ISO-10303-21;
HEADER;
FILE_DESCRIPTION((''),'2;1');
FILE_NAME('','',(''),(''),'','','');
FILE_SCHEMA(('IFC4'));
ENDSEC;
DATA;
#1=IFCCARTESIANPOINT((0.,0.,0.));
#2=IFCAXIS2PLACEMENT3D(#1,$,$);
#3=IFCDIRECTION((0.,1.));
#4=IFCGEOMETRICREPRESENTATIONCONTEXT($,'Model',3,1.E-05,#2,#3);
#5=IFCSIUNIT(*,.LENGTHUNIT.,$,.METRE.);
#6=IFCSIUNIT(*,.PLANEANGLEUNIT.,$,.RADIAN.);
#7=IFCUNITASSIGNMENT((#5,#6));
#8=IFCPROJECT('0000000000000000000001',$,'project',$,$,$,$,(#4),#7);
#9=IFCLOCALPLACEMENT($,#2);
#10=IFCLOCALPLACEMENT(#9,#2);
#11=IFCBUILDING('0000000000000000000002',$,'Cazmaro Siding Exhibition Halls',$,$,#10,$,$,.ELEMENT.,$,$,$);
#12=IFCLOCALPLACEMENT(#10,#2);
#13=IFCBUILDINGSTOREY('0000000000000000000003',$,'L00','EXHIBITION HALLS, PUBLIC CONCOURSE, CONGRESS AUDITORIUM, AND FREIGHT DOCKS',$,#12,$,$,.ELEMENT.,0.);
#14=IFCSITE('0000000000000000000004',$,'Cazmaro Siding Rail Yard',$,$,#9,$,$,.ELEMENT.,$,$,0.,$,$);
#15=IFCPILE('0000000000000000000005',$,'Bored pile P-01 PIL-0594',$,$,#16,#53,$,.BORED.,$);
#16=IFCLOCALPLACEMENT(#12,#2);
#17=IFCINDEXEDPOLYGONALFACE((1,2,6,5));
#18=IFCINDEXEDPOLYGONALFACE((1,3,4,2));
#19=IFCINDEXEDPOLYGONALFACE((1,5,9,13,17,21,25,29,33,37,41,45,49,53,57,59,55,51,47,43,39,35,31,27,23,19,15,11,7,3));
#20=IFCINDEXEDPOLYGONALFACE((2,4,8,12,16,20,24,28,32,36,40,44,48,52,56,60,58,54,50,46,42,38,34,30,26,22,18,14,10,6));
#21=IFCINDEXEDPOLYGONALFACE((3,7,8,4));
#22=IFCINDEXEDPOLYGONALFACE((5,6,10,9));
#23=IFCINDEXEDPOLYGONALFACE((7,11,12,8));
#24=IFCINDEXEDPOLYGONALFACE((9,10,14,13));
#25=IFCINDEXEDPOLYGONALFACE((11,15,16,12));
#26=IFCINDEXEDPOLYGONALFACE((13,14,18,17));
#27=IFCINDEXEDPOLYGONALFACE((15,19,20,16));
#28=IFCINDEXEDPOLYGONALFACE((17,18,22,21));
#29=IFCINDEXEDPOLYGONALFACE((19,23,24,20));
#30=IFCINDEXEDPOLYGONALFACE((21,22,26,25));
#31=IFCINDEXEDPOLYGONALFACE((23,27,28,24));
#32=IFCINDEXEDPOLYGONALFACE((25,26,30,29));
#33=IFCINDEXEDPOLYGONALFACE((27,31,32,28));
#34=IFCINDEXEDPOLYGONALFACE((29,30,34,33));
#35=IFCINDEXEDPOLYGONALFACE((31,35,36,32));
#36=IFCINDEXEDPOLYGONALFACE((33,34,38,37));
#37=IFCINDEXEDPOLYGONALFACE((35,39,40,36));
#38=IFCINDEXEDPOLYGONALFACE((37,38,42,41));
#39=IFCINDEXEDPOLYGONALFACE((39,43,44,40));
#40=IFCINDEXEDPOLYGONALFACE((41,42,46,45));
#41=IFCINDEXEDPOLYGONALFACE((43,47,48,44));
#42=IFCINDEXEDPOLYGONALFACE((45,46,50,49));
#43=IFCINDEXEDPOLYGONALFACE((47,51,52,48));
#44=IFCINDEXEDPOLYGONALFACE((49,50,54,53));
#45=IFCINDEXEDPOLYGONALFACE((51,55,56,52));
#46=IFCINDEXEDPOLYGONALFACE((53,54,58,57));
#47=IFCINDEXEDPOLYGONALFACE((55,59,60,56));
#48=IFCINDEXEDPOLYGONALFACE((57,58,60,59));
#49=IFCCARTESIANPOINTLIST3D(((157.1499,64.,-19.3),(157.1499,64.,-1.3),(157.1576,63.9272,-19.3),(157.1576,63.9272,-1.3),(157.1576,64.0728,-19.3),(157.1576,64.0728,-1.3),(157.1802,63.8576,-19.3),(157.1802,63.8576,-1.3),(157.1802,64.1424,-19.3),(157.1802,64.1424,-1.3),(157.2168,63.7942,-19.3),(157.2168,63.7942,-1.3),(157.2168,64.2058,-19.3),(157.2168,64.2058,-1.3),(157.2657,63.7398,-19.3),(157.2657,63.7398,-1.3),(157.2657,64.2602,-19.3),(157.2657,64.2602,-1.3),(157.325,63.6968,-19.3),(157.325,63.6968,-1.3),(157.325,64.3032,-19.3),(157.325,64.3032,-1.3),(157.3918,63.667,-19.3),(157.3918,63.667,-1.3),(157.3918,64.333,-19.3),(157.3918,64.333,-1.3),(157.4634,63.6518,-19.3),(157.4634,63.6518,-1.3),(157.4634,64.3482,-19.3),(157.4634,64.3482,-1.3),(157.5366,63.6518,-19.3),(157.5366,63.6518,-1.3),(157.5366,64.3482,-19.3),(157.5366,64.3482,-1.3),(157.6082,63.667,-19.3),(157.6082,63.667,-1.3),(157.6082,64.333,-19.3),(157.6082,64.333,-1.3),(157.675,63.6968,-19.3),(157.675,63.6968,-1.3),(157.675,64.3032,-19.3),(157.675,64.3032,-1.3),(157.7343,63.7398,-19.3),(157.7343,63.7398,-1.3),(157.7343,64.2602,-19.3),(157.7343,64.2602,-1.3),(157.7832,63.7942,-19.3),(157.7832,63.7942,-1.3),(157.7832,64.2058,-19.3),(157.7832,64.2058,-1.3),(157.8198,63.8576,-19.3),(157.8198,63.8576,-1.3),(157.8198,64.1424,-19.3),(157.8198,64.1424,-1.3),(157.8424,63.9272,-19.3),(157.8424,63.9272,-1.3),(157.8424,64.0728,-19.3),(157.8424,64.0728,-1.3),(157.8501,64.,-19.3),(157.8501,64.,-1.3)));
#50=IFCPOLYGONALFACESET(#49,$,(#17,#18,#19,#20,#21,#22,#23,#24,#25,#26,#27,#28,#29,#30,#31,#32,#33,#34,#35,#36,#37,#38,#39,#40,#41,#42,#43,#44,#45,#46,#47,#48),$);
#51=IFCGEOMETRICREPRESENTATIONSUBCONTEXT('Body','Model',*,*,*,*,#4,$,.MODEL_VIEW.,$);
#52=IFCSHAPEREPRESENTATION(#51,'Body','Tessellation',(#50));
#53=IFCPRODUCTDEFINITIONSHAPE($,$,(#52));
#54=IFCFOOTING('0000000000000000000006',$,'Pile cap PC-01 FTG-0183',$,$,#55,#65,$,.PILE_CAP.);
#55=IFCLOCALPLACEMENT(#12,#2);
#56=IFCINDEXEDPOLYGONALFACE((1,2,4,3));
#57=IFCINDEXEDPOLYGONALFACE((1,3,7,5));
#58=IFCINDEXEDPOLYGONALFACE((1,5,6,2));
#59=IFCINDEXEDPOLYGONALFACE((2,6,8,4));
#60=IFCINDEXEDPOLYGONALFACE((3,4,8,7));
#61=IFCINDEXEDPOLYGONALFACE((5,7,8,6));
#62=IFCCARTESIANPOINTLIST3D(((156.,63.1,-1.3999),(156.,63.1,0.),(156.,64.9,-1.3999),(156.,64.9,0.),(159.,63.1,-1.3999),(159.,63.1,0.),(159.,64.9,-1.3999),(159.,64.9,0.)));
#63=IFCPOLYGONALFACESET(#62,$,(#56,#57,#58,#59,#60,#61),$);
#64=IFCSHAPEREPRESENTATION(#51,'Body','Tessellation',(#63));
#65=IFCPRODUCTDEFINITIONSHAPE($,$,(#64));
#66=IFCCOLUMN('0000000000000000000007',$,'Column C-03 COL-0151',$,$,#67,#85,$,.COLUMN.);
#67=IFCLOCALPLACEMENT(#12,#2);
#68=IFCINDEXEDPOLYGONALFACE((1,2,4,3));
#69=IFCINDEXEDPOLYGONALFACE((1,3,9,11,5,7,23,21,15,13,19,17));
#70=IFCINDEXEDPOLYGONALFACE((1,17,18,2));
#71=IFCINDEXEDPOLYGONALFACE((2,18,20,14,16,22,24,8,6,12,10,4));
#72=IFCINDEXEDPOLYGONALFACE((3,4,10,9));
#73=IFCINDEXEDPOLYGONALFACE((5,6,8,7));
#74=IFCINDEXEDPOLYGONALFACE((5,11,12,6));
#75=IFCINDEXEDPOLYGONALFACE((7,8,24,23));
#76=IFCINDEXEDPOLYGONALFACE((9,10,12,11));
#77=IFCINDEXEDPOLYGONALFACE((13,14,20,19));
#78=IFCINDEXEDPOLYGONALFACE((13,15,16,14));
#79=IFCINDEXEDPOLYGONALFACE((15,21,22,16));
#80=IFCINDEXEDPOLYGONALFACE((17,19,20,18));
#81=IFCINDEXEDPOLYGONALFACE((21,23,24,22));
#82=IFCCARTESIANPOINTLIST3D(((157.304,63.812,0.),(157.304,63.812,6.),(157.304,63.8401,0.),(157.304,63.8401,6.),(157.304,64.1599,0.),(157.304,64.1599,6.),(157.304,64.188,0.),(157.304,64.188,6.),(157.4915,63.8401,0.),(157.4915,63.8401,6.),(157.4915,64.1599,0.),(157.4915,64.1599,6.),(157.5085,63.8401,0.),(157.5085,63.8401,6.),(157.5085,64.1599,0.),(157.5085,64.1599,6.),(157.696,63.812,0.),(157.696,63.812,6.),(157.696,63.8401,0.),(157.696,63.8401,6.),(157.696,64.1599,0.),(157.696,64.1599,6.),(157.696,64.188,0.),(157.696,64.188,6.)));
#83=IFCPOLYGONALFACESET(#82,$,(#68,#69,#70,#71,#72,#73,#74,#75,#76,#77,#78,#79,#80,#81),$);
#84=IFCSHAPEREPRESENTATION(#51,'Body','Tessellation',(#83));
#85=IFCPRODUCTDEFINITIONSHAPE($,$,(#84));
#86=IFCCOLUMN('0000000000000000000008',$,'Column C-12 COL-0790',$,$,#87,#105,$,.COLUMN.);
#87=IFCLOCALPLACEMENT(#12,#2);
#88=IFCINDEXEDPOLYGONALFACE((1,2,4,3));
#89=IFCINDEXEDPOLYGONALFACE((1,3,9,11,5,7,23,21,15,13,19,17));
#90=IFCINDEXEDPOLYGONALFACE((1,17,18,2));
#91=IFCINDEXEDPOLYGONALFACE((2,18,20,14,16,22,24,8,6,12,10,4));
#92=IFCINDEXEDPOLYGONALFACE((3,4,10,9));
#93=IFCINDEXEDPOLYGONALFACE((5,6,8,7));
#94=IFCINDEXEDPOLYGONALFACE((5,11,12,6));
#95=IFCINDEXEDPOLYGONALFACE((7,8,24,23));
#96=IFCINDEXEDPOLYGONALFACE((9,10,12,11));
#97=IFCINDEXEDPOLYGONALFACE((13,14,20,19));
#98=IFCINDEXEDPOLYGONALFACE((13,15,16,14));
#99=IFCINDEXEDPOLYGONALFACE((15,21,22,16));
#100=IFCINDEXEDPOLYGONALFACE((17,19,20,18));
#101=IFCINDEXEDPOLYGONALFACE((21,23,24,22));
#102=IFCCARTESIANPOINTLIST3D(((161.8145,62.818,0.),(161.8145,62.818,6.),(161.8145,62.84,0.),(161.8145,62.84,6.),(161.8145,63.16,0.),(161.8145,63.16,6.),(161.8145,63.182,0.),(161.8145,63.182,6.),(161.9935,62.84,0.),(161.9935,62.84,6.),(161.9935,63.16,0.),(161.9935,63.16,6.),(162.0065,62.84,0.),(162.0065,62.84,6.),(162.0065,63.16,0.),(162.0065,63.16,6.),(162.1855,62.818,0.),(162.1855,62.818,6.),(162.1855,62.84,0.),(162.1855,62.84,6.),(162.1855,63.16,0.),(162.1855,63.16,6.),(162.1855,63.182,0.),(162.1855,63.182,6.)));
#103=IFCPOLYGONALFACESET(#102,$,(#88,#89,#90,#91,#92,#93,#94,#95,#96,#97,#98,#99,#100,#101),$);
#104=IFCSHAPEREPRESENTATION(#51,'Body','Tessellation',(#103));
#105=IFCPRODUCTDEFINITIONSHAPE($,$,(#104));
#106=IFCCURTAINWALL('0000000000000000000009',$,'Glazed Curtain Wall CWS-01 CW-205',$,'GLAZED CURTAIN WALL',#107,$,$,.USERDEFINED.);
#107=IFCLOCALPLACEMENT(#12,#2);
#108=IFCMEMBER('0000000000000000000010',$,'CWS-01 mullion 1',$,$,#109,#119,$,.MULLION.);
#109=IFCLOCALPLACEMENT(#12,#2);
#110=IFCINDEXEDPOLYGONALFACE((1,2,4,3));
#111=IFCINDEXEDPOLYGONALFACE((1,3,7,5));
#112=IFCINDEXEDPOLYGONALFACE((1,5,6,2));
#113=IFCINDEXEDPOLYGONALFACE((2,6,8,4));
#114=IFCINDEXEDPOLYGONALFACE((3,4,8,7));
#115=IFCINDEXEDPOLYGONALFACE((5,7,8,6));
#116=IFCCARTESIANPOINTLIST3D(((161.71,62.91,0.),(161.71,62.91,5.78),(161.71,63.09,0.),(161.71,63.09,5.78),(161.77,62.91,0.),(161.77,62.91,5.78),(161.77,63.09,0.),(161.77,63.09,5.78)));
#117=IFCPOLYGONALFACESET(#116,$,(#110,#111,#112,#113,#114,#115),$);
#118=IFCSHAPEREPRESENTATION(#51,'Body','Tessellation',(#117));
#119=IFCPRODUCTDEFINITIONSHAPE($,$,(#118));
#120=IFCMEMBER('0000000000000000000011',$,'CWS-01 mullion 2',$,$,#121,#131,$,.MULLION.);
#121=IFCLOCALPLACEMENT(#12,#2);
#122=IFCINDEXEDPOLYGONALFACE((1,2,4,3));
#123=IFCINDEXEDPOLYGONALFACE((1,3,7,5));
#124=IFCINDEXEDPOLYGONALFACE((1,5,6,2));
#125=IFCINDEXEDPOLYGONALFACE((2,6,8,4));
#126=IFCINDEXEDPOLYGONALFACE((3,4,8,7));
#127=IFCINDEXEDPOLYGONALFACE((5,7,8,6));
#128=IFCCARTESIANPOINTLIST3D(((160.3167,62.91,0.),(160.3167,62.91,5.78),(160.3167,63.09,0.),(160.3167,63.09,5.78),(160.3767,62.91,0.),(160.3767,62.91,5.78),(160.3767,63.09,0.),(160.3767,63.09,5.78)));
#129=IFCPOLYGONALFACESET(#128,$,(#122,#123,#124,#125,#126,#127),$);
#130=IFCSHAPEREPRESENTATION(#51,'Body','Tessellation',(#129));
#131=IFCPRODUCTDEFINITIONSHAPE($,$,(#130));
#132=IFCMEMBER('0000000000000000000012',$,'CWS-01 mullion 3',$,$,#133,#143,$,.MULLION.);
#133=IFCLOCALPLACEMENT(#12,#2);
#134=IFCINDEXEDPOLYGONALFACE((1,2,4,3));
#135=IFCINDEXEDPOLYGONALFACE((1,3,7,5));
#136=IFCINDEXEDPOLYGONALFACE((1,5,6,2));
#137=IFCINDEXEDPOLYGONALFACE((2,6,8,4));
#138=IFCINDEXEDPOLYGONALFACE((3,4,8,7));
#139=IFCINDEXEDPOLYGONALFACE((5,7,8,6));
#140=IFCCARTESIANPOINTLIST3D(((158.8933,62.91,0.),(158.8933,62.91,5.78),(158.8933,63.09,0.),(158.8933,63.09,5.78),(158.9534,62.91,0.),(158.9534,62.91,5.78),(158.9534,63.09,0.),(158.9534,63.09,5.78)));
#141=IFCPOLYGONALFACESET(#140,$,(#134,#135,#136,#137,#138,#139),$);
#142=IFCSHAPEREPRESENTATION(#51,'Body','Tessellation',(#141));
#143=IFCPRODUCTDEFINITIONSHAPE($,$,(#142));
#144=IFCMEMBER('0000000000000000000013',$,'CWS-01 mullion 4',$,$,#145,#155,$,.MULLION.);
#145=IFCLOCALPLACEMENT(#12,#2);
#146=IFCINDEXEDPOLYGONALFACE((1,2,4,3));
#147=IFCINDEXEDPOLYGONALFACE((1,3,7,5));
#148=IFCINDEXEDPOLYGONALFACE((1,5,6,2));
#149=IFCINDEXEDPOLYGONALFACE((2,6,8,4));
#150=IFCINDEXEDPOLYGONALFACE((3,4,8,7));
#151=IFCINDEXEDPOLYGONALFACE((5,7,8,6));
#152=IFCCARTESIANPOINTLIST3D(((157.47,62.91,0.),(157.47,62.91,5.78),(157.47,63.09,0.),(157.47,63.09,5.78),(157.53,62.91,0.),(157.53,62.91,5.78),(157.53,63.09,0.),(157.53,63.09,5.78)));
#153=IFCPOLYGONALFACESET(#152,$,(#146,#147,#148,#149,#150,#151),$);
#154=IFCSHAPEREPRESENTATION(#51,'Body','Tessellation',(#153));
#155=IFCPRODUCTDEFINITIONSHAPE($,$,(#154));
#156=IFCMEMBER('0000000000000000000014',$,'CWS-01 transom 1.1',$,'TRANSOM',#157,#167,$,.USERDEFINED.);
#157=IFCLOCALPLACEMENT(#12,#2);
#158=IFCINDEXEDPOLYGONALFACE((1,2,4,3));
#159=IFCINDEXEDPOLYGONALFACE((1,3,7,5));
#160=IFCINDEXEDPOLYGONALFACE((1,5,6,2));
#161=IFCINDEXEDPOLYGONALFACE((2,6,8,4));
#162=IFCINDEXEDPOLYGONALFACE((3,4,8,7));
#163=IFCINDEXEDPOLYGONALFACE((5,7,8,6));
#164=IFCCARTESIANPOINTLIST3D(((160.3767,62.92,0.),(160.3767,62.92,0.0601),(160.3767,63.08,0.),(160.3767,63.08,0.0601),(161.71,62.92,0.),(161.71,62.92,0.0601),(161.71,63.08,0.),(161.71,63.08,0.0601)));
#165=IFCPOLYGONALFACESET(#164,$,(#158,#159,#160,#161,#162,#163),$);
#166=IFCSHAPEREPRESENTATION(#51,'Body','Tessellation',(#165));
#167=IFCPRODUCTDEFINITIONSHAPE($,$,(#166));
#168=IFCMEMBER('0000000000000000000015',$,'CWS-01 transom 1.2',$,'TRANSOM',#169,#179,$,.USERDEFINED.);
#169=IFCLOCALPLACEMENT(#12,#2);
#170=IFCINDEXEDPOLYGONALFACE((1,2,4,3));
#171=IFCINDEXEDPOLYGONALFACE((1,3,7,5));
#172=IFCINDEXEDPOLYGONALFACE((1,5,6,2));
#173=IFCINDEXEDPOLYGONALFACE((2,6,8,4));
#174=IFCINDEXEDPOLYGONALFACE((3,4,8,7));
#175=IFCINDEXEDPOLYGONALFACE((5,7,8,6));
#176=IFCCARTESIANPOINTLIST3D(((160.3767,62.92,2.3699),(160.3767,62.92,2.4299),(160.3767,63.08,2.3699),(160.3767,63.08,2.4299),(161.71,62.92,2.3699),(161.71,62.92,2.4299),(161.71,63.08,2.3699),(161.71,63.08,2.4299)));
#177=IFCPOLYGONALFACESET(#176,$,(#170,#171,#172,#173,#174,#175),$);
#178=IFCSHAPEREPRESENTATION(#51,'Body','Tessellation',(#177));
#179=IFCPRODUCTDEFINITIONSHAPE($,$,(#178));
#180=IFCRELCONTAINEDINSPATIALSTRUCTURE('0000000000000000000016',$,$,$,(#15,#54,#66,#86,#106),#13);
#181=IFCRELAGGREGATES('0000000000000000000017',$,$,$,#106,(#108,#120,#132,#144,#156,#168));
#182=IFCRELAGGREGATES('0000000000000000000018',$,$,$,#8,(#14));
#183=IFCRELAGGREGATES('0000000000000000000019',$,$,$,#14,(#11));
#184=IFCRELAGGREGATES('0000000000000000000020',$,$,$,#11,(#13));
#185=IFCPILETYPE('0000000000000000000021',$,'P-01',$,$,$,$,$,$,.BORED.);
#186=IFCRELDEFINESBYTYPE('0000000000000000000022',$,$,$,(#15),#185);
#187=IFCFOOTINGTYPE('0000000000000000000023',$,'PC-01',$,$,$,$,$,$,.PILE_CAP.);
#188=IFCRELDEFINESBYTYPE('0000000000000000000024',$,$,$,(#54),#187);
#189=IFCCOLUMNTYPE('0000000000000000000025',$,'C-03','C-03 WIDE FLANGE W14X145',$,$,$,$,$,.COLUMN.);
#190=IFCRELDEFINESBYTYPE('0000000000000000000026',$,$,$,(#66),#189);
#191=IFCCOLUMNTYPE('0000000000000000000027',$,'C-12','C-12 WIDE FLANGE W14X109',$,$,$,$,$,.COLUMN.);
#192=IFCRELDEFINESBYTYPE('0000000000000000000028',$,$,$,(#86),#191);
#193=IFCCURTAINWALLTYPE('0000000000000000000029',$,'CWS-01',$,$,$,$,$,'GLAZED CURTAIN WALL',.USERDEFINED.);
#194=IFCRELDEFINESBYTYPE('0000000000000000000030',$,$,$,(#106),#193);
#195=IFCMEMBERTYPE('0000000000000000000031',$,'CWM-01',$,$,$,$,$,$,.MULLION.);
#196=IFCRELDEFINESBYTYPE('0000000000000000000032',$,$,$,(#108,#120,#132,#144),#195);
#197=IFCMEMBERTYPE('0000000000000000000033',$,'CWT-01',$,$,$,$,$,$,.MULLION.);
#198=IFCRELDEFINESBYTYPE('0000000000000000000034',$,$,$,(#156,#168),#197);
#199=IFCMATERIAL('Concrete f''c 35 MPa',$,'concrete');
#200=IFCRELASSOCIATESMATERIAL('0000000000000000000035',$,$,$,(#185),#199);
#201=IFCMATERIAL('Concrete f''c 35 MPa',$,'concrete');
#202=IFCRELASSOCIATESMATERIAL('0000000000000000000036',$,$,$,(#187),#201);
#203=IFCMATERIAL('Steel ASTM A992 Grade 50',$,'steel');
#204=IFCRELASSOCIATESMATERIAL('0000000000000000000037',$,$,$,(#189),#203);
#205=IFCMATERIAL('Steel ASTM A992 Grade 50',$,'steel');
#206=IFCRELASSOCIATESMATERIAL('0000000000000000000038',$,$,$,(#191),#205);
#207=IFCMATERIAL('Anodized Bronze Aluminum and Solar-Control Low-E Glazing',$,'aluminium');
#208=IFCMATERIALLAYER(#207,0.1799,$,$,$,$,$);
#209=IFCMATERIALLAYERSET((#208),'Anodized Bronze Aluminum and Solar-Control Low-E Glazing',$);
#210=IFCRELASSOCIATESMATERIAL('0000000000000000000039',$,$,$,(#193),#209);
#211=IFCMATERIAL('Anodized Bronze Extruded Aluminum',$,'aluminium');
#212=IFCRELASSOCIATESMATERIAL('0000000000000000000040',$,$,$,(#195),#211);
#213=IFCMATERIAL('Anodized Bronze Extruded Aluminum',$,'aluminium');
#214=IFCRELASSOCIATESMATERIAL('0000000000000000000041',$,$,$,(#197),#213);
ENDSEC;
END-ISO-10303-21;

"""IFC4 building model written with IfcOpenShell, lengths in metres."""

from ifc_helpers import new_model, si_unit, direction, frame, origin, origin_2d, place, context, subcontext, project, spatial, rectangle, circle, i_section, extrude, material, layer, layer_set, material_profile, profile_set, type_object, element, aggregate, save


model = new_model("IFC4")

# Units and contexts
model_context = context("Model", 3, precision=1e-05, world=origin(), true_north=direction((0.0, 1.0)))
body_context = subcontext(model_context, "Body", "Model", "MODEL_VIEW")
ifc_project = project(units=[si_unit("LENGTHUNIT", "METRE"), si_unit("PLANEANGLEUNIT", "RADIAN")], contexts=[model_context])

# Site, building, storey
site_placement = place(None, origin())
site = spatial("IfcSite", under=ifc_project, at=site_placement, Name="Cazmaro Siding Rail Yard", CompositionType="ELEMENT", RefElevation=0.0)
building_placement = place(site_placement, origin())
building = spatial("IfcBuilding", under=site, at=building_placement, Name="Cazmaro Siding Exhibition Halls", CompositionType="ELEMENT")
storey_placement = place(building_placement, origin())
storey = spatial("IfcBuildingStorey", under=building, at=storey_placement, Name="L00", Description="EXHIBITION HALLS, PUBLIC CONCOURSE, CONGRESS AUDITORIUM, AND FREIGHT DOCKS", CompositionType="ELEMENT", Elevation=0.0)

# Pile
ifc_material_1 = material(Name="Concrete f'c 35 MPa", Category="concrete")
ifc_material_profile_1 = material_profile(ifc_material_1, circle(Radius=0.3501, at=origin_2d()), Name="CIDH-700")
ifc_profile_set_1 = profile_set([ifc_material_profile_1], Name="Concrete f'c 35 MPa")
pile_type = type_object("IfcPileType", Name="P-01", PredefinedType="BORED", material=ifc_profile_set_1)
pile_placement = place(storey_placement, frame((157.5, 64.0, -1.3), z_axis=(0.0, 0.0, -1.0), x_axis=(1.0, 0.0, 0.0)))
element("IfcPile", 1, at=pile_placement, inside=storey, type_object=pile_type, Name="Bored pile P-01 PIL-0594", PredefinedType="BORED", context=body_context, shape_type="SweptSolid", body=[
    extrude(circle(Radius=0.3501, at=origin_2d()), origin(), (0.0, 0.0, 1.0), 18.0),
])

# Footing
ifc_material_2 = material(Name="Concrete f'c 35 MPa", Category="concrete")
footing_type = type_object("IfcFootingType", Name="PC-01", PredefinedType="PILE_CAP", material=ifc_material_2)
footing_placement = place(storey_placement, frame((157.5, 64.0, -1.3999), z_axis=(0.0, 0.0, 1.0), x_axis=(1.0, 0.0, 0.0)))
element("IfcFooting", 2, at=footing_placement, inside=storey, type_object=footing_type, Name="Pile cap PC-01 FTG-0183", PredefinedType="PILE_CAP", context=body_context, shape_type="SweptSolid", body=[
    extrude(rectangle(XDim=3.0, YDim=1.8, at=origin_2d()), origin(), (0.0, 0.0, 1.0), 1.3999),
])

# Columns
ifc_material_3 = material(Name="Steel ASTM A992 Grade 50", Category="steel")
ifc_material_profile_2 = material_profile(ifc_material_3, i_section(OverallWidth=0.3921, OverallDepth=0.376, WebThickness=0.0171, FlangeThickness=0.0281, at=origin_2d()), Name="W14X145")
ifc_profile_set_2 = profile_set([ifc_material_profile_2], Name="Steel ASTM A992 Grade 50")
column_type_1 = type_object("IfcColumnType", Name="C-03", Description="C-03 WIDE FLANGE W14X145", PredefinedType="COLUMN", material=ifc_profile_set_2)
column_1_placement = place(storey_placement, frame((157.5, 64.0, 0.0), z_axis=(0.0, 0.0, 1.0), x_axis=(1.0, 0.0, 0.0)))
element("IfcColumn", 3, at=column_1_placement, inside=storey, type_object=column_type_1, Name="Column C-03 COL-0151", PredefinedType="COLUMN", context=body_context, shape_type="SweptSolid", body=[
    extrude(i_section(OverallWidth=0.3921, OverallDepth=0.376, WebThickness=0.0171, FlangeThickness=0.0281, at=origin_2d()), origin(), (0.0, 0.0, 1.0), 6.0),
])
ifc_material_4 = material(Name="Steel ASTM A992 Grade 50", Category="steel")
ifc_material_profile_3 = material_profile(ifc_material_4, i_section(OverallWidth=0.3711, OverallDepth=0.364, WebThickness=0.0129, FlangeThickness=0.022, at=origin_2d()), Name="W14X109")
ifc_profile_set_3 = profile_set([ifc_material_profile_3], Name="Steel ASTM A992 Grade 50")
column_type_2 = type_object("IfcColumnType", Name="C-12", Description="C-12 WIDE FLANGE W14X109", PredefinedType="COLUMN", material=ifc_profile_set_3)
column_2_placement = place(storey_placement, frame((162.0, 63.0, 0.0), z_axis=(0.0, 0.0, 1.0), x_axis=(1.0, 0.0, 0.0)))
element("IfcColumn", 4, at=column_2_placement, inside=storey, type_object=column_type_2, Name="Column C-12 COL-0790", PredefinedType="COLUMN", context=body_context, shape_type="SweptSolid", body=[
    extrude(i_section(OverallWidth=0.3711, OverallDepth=0.364, WebThickness=0.0129, FlangeThickness=0.022, at=origin_2d()), origin(), (0.0, 0.0, 1.0), 6.0),
])

# Curtain wall, members
ifc_material_5 = material(Name="Anodized Bronze Aluminum and Solar-Control Low-E Glazing", Category="aluminium")
ifc_layer_1 = layer(ifc_material_5, 0.1799)
ifc_layer_set_1 = layer_set([ifc_layer_1], Name="Anodized Bronze Aluminum and Solar-Control Low-E Glazing")
curtain_wall_type = type_object("IfcCurtainWallType", Name="CWS-01", ElementType="GLAZED CURTAIN WALL", PredefinedType="USERDEFINED", material=ifc_layer_set_1)
curtain_wall_1_placement = place(storey_placement, origin())
curtain_wall_1 = element("IfcCurtainWall", 5, at=curtain_wall_1_placement, inside=storey, type_object=curtain_wall_type, Name="Glazed Curtain Wall CWS-01 CW-205", ObjectType="GLAZED CURTAIN WALL", PredefinedType="USERDEFINED")
ifc_material_6 = material(Name="Anodized Bronze Extruded Aluminum", Category="aluminium")
ifc_material_profile_4 = material_profile(ifc_material_6, rectangle(XDim=0.1799, YDim=0.0601, at=origin_2d()), Name="CWM-01")
ifc_profile_set_4 = profile_set([ifc_material_profile_4], Name="Anodized Bronze Extruded Aluminum")
member_type_1 = type_object("IfcMemberType", Name="CWM-01", PredefinedType="MULLION", material=ifc_profile_set_4)
member_1_placement = place(storey_placement, frame((161.74, 63.0, 0.0), z_axis=(0.0, 0.0, 1.0), x_axis=(0.0, -1.0, 0.0)))
member_1 = element("IfcMember", 6, at=member_1_placement, type_object=member_type_1, Name="CWS-01 mullion 1", PredefinedType="MULLION", context=body_context, shape_type="SweptSolid", body=[
    extrude(rectangle(XDim=0.1799, YDim=0.0601, at=origin_2d()), origin(), (0.0, 0.0, 1.0), 5.78),
])
member_2_placement = place(storey_placement, frame((160.3467, 63.0, 0.0), z_axis=(0.0, 0.0, 1.0), x_axis=(0.0, -1.0, 0.0)))
member_2 = element("IfcMember", 7, at=member_2_placement, type_object=member_type_1, Name="CWS-01 mullion 2", PredefinedType="MULLION", context=body_context, shape_type="SweptSolid", body=[
    extrude(rectangle(XDim=0.1799, YDim=0.0601, at=origin_2d()), origin(), (0.0, 0.0, 1.0), 5.78),
])
member_3_placement = place(storey_placement, frame((158.9233, 63.0, 0.0), z_axis=(0.0, 0.0, 1.0), x_axis=(0.0, -1.0, 0.0)))
member_3 = element("IfcMember", 8, at=member_3_placement, type_object=member_type_1, Name="CWS-01 mullion 3", PredefinedType="MULLION", context=body_context, shape_type="SweptSolid", body=[
    extrude(rectangle(XDim=0.1799, YDim=0.0601, at=origin_2d()), origin(), (0.0, 0.0, 1.0), 5.78),
])
member_4_placement = place(storey_placement, frame((157.5, 63.0, 0.0), z_axis=(0.0, 0.0, 1.0), x_axis=(0.0, -1.0, 0.0)))
member_4 = element("IfcMember", 9, at=member_4_placement, type_object=member_type_1, Name="CWS-01 mullion 4", PredefinedType="MULLION", context=body_context, shape_type="SweptSolid", body=[
    extrude(rectangle(XDim=0.1799, YDim=0.0601, at=origin_2d()), origin(), (0.0, 0.0, 1.0), 5.78),
])
ifc_material_7 = material(Name="Anodized Bronze Extruded Aluminum", Category="aluminium")
ifc_material_profile_5 = material_profile(ifc_material_7, rectangle(XDim=0.1599, YDim=0.0601, at=origin_2d()), Name="CWT-01")
ifc_profile_set_5 = profile_set([ifc_material_profile_5], Name="Anodized Bronze Extruded Aluminum")
member_type_2 = type_object("IfcMemberType", Name="CWT-01", PredefinedType="MULLION", material=ifc_profile_set_5)
member_5_placement = place(storey_placement, frame((161.71, 63.0, 0.03), z_axis=(-1.0, 0.0, 0.0), x_axis=(0.0, -1.0, 0.0)))
member_5 = element("IfcMember", 10, at=member_5_placement, type_object=member_type_2, Name="CWS-01 transom 1.1", ObjectType="TRANSOM", PredefinedType="USERDEFINED", context=body_context, shape_type="SweptSolid", body=[
    extrude(rectangle(XDim=0.1599, YDim=0.0601, at=origin_2d()), origin(), (0.0, 0.0, 1.0), 1.3333),
])
member_6_placement = place(storey_placement, frame((161.71, 63.0, 2.3999), z_axis=(-1.0, 0.0, 0.0), x_axis=(0.0, -1.0, 0.0)))
member_6 = element("IfcMember", 11, at=member_6_placement, type_object=member_type_2, Name="CWS-01 transom 1.2", ObjectType="TRANSOM", PredefinedType="USERDEFINED", context=body_context, shape_type="SweptSolid", body=[
    extrude(rectangle(XDim=0.1599, YDim=0.0601, at=origin_2d()), origin(), (0.0, 0.0, 1.0), 1.3333),
])

aggregate(curtain_wall_1, [member_1, member_2, member_3, member_4, member_5, member_6])

save(model, "model.ifc")
